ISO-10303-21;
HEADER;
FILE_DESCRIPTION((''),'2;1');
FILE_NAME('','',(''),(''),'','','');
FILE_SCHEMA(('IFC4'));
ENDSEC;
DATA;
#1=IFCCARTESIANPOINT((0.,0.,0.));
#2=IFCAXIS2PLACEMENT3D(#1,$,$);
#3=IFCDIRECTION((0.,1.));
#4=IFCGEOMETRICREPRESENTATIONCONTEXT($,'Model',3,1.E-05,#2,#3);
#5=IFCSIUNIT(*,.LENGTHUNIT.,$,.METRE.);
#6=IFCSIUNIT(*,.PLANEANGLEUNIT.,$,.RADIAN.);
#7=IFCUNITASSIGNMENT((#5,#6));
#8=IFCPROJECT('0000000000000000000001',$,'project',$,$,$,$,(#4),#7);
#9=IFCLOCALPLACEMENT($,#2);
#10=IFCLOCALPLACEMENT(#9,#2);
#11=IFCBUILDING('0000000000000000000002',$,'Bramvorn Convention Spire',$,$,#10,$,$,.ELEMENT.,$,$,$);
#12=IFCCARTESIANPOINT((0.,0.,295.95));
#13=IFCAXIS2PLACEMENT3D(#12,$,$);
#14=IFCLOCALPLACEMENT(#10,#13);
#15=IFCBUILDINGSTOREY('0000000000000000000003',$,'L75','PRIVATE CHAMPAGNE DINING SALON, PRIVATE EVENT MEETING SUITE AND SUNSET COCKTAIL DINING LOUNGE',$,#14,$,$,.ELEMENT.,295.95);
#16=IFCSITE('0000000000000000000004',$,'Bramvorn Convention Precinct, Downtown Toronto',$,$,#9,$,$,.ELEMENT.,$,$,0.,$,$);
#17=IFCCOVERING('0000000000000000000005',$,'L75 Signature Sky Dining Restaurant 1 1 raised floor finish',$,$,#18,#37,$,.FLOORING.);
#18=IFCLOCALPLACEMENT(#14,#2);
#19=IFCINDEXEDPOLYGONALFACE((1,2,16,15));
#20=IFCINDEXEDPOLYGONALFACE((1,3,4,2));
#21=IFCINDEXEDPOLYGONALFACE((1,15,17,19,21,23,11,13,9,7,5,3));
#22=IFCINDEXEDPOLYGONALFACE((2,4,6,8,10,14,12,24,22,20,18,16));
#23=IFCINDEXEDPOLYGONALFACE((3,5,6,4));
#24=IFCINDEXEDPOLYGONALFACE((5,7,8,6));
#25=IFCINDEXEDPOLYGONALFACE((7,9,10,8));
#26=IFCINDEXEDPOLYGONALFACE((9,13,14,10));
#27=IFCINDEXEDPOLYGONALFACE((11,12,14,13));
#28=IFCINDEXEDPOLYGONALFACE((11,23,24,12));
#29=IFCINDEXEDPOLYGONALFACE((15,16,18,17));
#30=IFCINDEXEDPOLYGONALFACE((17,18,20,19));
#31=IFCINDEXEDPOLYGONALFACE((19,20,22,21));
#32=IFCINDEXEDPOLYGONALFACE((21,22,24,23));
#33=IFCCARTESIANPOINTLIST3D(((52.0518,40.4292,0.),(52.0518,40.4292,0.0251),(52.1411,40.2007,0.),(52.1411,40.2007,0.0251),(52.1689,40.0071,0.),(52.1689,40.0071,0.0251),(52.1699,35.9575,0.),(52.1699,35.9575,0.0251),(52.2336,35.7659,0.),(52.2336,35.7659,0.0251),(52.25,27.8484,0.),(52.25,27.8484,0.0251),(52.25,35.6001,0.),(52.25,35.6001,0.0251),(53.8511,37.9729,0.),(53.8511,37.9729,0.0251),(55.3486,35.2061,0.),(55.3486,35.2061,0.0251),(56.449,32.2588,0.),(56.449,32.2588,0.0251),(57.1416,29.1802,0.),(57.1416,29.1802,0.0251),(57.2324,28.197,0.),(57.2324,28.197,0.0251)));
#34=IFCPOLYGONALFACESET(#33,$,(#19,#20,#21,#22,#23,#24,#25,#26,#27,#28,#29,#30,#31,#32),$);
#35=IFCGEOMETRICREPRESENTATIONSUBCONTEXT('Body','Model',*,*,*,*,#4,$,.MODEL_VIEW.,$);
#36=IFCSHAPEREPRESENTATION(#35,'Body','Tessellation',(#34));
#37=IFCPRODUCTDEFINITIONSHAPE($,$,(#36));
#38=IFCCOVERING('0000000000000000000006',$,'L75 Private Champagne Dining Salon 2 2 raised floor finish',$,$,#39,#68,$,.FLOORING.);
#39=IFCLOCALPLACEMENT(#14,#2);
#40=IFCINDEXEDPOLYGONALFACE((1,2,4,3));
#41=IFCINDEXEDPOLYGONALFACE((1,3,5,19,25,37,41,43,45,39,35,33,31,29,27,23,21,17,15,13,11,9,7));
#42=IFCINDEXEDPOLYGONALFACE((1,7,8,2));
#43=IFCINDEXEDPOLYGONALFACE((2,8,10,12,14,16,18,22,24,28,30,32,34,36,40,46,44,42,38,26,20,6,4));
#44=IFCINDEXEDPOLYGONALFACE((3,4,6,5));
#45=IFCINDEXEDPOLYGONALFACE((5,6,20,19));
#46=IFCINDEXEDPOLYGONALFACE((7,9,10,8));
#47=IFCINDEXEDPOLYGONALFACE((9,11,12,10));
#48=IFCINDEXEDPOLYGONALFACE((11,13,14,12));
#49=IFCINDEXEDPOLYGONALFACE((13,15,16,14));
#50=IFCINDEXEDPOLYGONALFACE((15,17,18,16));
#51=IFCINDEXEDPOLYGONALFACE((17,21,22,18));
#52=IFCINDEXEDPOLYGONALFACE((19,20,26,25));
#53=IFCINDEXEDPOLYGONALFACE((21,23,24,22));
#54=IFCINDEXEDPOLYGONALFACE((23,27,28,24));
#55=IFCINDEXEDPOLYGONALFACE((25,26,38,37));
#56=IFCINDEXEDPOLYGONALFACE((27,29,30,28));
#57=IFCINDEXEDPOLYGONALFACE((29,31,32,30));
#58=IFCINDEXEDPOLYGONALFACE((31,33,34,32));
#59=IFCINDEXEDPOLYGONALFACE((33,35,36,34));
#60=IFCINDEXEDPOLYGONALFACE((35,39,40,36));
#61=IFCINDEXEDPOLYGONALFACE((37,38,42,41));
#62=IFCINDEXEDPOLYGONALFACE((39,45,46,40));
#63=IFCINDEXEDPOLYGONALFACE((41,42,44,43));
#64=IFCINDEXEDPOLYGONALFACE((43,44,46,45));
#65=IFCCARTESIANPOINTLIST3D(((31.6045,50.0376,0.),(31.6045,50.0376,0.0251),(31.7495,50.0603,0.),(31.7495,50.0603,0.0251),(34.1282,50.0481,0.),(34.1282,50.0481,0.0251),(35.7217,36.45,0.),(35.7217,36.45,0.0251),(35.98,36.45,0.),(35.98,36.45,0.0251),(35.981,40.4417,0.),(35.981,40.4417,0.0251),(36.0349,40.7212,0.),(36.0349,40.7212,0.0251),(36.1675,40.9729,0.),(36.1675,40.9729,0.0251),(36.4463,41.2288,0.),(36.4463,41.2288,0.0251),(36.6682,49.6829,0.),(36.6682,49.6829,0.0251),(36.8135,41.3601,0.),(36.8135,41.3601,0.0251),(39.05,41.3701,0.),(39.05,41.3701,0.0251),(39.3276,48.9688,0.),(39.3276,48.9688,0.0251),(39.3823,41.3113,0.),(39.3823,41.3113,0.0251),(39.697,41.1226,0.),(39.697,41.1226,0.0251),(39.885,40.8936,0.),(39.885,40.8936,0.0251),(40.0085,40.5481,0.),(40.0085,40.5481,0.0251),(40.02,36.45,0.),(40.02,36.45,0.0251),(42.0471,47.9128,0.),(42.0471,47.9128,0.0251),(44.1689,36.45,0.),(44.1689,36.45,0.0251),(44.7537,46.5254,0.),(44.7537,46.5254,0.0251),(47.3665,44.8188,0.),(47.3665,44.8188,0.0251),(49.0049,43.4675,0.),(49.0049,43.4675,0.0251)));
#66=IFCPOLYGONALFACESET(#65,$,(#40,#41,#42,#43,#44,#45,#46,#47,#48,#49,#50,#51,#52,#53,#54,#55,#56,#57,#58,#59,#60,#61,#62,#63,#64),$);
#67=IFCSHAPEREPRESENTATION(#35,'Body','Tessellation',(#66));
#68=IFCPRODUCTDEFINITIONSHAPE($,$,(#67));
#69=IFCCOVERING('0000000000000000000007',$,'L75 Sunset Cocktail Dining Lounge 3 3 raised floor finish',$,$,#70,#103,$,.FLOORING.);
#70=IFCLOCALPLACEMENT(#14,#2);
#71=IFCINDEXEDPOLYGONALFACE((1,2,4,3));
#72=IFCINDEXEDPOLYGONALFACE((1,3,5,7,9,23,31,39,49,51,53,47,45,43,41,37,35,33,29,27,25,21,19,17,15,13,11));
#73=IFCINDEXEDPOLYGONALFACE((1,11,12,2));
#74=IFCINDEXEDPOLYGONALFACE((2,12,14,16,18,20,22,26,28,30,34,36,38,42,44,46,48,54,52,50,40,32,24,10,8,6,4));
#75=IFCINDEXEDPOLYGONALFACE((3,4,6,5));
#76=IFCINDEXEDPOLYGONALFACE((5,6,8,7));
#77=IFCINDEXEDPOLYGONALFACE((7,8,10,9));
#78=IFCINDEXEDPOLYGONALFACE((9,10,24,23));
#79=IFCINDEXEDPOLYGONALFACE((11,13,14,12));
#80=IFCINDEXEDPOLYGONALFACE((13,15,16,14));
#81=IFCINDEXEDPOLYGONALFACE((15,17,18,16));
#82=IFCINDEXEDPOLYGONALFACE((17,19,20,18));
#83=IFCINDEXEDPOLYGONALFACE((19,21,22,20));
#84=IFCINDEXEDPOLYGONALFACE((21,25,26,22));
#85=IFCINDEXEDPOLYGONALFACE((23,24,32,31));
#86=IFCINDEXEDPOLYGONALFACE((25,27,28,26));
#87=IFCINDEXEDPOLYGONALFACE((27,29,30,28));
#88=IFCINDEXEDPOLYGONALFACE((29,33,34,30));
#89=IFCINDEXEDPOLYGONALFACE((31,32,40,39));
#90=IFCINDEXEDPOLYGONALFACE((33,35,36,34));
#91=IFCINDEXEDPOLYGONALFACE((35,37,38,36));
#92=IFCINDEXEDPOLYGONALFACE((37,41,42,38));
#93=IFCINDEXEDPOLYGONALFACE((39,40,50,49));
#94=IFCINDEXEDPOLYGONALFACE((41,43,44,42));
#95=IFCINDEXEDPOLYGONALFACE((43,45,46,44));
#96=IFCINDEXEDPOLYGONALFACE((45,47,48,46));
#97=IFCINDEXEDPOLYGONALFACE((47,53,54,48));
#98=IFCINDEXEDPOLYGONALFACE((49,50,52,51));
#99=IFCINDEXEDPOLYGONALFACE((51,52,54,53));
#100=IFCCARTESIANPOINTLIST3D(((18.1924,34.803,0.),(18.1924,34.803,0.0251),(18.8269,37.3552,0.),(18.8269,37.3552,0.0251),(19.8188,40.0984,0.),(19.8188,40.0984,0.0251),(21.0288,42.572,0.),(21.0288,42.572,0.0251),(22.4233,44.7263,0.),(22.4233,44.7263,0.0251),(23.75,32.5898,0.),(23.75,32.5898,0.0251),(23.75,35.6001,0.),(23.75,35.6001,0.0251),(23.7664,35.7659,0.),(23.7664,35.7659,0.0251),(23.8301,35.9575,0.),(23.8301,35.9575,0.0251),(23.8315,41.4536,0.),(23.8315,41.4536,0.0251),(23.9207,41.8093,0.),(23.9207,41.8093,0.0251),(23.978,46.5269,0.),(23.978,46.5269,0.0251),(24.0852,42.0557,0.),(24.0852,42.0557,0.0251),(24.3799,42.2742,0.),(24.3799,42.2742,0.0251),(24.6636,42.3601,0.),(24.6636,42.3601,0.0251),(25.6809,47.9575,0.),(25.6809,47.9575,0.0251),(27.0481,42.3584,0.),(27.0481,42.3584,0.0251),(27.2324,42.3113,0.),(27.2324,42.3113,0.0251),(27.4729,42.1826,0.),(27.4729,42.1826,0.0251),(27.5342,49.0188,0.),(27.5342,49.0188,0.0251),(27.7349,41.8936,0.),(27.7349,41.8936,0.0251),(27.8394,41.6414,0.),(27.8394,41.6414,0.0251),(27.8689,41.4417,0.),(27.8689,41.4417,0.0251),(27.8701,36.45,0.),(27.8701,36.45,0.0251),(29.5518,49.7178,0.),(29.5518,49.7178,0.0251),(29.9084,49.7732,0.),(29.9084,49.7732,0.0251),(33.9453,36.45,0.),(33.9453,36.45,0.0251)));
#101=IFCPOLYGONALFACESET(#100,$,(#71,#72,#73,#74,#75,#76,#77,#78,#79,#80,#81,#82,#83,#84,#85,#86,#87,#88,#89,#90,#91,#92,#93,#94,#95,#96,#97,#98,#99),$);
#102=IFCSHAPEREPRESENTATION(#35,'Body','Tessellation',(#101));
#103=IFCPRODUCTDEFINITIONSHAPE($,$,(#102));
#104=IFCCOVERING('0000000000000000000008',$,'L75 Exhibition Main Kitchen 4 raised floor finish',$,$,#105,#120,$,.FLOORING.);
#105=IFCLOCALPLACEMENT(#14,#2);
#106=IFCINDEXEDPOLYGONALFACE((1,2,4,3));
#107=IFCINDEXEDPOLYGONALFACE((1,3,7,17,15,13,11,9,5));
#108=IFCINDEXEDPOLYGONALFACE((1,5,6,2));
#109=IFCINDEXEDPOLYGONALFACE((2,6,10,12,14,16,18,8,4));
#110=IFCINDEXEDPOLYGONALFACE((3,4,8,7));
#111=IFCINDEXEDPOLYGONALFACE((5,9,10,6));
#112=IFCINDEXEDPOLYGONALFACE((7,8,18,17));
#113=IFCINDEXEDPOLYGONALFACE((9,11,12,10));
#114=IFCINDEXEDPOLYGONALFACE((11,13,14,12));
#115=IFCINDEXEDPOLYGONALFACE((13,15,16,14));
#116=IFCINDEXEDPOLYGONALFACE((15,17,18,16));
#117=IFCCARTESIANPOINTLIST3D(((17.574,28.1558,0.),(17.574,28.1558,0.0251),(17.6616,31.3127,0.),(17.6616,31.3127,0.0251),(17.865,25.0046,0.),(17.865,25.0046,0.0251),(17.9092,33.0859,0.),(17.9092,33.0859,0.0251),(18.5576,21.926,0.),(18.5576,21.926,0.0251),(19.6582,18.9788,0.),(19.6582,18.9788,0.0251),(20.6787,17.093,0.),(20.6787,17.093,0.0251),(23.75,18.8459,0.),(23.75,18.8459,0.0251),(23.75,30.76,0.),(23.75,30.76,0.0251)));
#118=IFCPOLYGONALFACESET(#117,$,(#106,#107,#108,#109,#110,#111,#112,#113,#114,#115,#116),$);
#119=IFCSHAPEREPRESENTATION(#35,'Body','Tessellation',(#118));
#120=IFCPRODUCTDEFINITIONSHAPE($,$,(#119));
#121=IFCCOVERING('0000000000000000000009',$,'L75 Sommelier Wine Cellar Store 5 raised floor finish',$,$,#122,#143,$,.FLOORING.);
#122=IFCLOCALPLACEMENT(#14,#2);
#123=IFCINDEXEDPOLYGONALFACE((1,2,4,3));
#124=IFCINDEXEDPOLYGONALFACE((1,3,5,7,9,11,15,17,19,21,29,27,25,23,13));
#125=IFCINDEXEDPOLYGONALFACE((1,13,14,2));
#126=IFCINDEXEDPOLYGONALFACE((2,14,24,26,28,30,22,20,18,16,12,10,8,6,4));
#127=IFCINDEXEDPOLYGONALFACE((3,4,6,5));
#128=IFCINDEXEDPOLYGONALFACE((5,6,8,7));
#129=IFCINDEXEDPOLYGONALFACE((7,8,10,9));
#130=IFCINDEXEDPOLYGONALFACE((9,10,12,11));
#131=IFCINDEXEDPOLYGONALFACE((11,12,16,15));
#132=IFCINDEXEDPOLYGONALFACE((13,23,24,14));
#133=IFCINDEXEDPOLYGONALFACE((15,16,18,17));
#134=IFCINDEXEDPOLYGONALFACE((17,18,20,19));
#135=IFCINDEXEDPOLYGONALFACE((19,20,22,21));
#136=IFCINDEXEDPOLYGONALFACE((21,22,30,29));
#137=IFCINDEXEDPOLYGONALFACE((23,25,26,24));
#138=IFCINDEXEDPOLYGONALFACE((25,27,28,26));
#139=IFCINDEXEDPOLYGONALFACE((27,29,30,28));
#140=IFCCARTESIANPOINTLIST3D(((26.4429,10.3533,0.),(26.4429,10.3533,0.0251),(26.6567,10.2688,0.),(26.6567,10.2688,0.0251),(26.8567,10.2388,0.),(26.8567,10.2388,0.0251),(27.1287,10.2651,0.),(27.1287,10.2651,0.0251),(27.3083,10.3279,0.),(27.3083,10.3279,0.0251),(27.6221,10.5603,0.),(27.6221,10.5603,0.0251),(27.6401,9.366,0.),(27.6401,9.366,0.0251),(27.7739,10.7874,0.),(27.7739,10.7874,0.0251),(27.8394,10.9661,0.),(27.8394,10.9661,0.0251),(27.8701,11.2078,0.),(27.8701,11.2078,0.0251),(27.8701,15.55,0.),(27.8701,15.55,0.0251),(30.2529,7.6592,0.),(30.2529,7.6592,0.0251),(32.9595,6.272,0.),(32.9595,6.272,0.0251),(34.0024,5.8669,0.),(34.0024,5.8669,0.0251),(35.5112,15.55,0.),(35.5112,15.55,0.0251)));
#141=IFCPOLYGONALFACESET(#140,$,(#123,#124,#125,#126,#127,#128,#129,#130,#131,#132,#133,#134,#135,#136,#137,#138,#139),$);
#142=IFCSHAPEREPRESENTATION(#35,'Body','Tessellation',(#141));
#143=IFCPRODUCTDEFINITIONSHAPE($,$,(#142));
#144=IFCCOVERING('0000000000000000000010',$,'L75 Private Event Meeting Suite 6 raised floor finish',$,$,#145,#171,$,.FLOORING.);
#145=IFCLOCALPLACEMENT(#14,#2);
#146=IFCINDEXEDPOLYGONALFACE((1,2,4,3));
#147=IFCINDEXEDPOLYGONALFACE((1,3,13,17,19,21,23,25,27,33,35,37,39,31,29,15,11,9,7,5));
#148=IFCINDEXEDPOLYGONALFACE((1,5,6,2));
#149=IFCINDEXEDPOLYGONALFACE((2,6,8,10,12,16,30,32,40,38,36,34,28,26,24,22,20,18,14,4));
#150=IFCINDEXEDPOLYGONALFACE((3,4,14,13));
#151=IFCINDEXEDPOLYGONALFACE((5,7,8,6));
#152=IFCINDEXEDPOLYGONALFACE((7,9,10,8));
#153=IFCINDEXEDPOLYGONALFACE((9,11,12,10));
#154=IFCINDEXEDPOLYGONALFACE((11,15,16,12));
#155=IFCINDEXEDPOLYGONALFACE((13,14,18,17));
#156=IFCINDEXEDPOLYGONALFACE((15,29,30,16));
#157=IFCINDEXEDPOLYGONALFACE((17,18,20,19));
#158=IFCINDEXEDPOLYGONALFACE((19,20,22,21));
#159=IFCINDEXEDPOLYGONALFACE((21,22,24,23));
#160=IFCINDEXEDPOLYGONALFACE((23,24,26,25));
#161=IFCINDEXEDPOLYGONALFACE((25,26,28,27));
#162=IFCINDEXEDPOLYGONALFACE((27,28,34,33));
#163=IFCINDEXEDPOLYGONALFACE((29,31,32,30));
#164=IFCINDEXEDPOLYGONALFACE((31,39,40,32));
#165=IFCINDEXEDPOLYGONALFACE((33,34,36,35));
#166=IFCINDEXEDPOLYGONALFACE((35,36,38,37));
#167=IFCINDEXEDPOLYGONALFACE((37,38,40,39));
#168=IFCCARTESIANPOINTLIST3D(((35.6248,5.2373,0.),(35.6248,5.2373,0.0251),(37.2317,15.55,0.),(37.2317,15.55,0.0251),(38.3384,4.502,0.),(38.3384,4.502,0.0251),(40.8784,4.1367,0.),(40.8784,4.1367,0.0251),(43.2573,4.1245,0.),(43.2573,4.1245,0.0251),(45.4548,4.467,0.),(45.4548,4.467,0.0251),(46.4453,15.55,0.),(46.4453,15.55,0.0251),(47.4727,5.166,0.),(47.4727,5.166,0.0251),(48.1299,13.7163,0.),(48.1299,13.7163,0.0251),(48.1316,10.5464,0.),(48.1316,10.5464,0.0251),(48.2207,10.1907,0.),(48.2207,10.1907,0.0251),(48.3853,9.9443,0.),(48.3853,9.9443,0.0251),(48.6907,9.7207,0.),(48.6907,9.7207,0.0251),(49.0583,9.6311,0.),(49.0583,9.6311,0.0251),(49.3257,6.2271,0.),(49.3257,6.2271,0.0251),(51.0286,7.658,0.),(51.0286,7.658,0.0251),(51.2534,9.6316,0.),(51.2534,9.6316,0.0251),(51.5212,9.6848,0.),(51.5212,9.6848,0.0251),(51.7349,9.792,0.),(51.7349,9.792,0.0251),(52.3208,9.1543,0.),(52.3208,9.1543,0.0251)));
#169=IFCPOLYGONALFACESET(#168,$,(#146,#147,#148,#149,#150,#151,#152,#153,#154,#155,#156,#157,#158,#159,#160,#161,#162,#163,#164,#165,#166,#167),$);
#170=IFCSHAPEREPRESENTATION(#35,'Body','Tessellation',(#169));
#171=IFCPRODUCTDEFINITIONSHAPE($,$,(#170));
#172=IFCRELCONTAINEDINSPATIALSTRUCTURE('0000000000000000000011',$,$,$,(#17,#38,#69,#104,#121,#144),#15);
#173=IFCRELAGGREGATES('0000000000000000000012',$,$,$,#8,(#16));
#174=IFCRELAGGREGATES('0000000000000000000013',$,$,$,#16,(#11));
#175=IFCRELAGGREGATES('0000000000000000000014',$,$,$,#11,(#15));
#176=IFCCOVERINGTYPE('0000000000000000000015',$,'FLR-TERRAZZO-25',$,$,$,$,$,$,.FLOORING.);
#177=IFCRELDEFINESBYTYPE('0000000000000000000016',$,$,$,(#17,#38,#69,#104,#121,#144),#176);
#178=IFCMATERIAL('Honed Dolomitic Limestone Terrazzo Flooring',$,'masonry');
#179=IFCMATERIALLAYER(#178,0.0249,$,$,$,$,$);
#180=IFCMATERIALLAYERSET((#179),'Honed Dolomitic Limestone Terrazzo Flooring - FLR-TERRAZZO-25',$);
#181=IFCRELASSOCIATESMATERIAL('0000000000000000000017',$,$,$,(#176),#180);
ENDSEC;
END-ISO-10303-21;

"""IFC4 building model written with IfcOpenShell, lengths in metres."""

from ifc_helpers import new_model, si_unit, direction, frame, origin, place, context, subcontext, project, spatial, polyline, outline, extrude, material, layer, layer_set, type_object, element, save


model = new_model("IFC4")

# Units and contexts
model_context = context("Model", 3, precision=1e-05, world=origin(), true_north=direction((0.0, 1.0)))
body_context = subcontext(model_context, "Body", "Model", "MODEL_VIEW")
ifc_project = project(units=[si_unit("LENGTHUNIT", "METRE"), si_unit("PLANEANGLEUNIT", "RADIAN")], contexts=[model_context])

# Site, building, storey
site_placement = place(None, origin())
site = spatial("IfcSite", under=ifc_project, at=site_placement, Name="Bramvorn Convention Precinct, Downtown Toronto", CompositionType="ELEMENT", RefElevation=0.0)
building_placement = place(site_placement, origin())
building = spatial("IfcBuilding", under=site, at=building_placement, Name="Bramvorn Convention Spire", CompositionType="ELEMENT")
storey_placement = place(building_placement, frame((0.0, 0.0, 295.95)))
storey = spatial("IfcBuildingStorey", under=building, at=storey_placement, Name="L75", Description="PRIVATE CHAMPAGNE DINING SALON, PRIVATE EVENT MEETING SUITE AND SUNSET COCKTAIL DINING LOUNGE", CompositionType="ELEMENT", Elevation=295.95)

# Coverings
ifc_material_1 = material(Name="Honed Dolomitic Limestone Terrazzo Flooring", Category="masonry")
ifc_layer_1 = layer(ifc_material_1, 0.0249)
ifc_layer_set_1 = layer_set([ifc_layer_1], Name="Honed Dolomitic Limestone Terrazzo Flooring - FLR-TERRAZZO-25")
covering_type = type_object("IfcCoveringType", Name="FLR-TERRAZZO-25", PredefinedType="FLOORING", material=ifc_layer_set_1)
covering_1_placement = place(storey_placement, origin())
element("IfcCovering", 1, at=covering_1_placement, inside=storey, type_object=covering_type, Name="L75 Signature Sky Dining Restaurant 1 1 raised floor finish", PredefinedType="FLOORING", context=body_context, shape_type="SweptSolid", body=[
    extrude(outline(polyline([(52.1411, 40.2007), (52.1689, 40.0071), (52.1699, 35.9575), (52.2336, 35.7659), (52.25, 35.6001), (52.25, 27.8484), (57.2324, 28.197), (57.1416, 29.1802), (56.449, 32.2588), (55.3486, 35.2061), (53.8511, 37.9729), (52.0518, 40.4292), (52.1411, 40.2007)])), origin(), (0.0, 0.0, 1.0), 0.0251),
])
covering_2_placement = place(storey_placement, origin())
element("IfcCovering", 2, at=covering_2_placement, inside=storey, type_object=covering_type, Name="L75 Private Champagne Dining Salon 2 2 raised floor finish", PredefinedType="FLOORING", context=body_context, shape_type="SweptSolid", body=[
    extrude(outline(polyline([(31.7495, 50.0603), (31.6045, 50.0376), (35.7217, 36.45), (35.98, 36.45), (35.981, 40.4417), (36.0349, 40.7212), (36.1675, 40.9729), (36.4463, 41.2288), (36.8135, 41.3601), (39.05, 41.3701), (39.3823, 41.3113), (39.697, 41.1226), (39.885, 40.8936), (40.0085, 40.5481), (40.02, 36.45), (44.1689, 36.45), (49.0049, 43.4675), (47.3665, 44.8188), (44.7537, 46.5254), (42.0471, 47.9128), (39.3276, 48.9688), (36.6682, 49.6829), (34.1282, 50.0481), (31.7495, 50.0603)])), origin(), (0.0, 0.0, 1.0), 0.0251),
])
covering_3_placement = place(storey_placement, origin())
element("IfcCovering", 3, at=covering_3_placement, inside=storey, type_object=covering_type, Name="L75 Sunset Cocktail Dining Lounge 3 3 raised floor finish", PredefinedType="FLOORING", context=body_context, shape_type="SweptSolid", body=[
    extrude(outline(polyline([(23.75, 32.5898), (23.75, 35.6001), (23.7664, 35.7659), (23.8301, 35.9575), (23.8315, 41.4536), (23.9207, 41.8093), (24.0852, 42.0557), (24.3799, 42.2742), (24.6636, 42.3601), (27.0481, 42.3584), (27.2324, 42.3113), (27.4729, 42.1826), (27.7349, 41.8936), (27.8394, 41.6414), (27.8689, 41.4417), (27.8701, 36.45), (33.9453, 36.45), (29.9084, 49.7732), (29.5518, 49.7178), (27.5342, 49.0188), (25.6809, 47.9575), (23.978, 46.5269), (22.4233, 44.7263), (21.0288, 42.572), (19.8188, 40.0984), (18.8269, 37.3552), (18.1924, 34.803), (23.75, 32.5898)])), origin(), (0.0, 0.0, 1.0), 0.0251),
])
covering_4_placement = place(storey_placement, origin())
element("IfcCovering", 4, at=covering_4_placement, inside=storey, type_object=covering_type, Name="L75 Exhibition Main Kitchen 4 raised floor finish", PredefinedType="FLOORING", context=body_context, shape_type="SweptSolid", body=[
    extrude(outline(polyline([(19.6582, 18.9788), (20.6787, 17.093), (23.75, 18.8459), (23.75, 30.76), (17.9092, 33.0859), (17.6616, 31.3127), (17.574, 28.1558), (17.865, 25.0046), (18.5576, 21.926), (19.6582, 18.9788)])), origin(), (0.0, 0.0, 1.0), 0.0251),
])
covering_5_placement = place(storey_placement, origin())
element("IfcCovering", 5, at=covering_5_placement, inside=storey, type_object=covering_type, Name="L75 Sommelier Wine Cellar Store 5 raised floor finish", PredefinedType="FLOORING", context=body_context, shape_type="SweptSolid", body=[
    extrude(outline(polyline([(27.6401, 9.366), (30.2529, 7.6592), (32.9595, 6.272), (34.0024, 5.8669), (35.5112, 15.55), (27.8701, 15.55), (27.8701, 11.2078), (27.8394, 10.9661), (27.7739, 10.7874), (27.6221, 10.5603), (27.3083, 10.3279), (27.1287, 10.2651), (26.8567, 10.2388), (26.6567, 10.2688), (26.4429, 10.3533), (27.6401, 9.366)])), origin(), (0.0, 0.0, 1.0), 0.0251),
])
covering_6_placement = place(storey_placement, origin())
element("IfcCovering", 6, at=covering_6_placement, inside=storey, type_object=covering_type, Name="L75 Private Event Meeting Suite 6 raised floor finish", PredefinedType="FLOORING", context=body_context, shape_type="SweptSolid", body=[
    extrude(outline(polyline([(47.4727, 5.166), (49.3257, 6.2271), (51.0286, 7.658), (52.3208, 9.1543), (51.7349, 9.792), (51.5212, 9.6848), (51.2534, 9.6316), (49.0583, 9.6311), (48.6907, 9.7207), (48.3853, 9.9443), (48.2207, 10.1907), (48.1316, 10.5464), (48.1299, 13.7163), (46.4453, 15.55), (37.2317, 15.55), (35.6248, 5.2373), (38.3384, 4.502), (40.8784, 4.1367), (43.2573, 4.1245), (45.4548, 4.467), (47.4727, 5.166)])), origin(), (0.0, 0.0, 1.0), 0.0251),
])

save(model, "model.ifc")
